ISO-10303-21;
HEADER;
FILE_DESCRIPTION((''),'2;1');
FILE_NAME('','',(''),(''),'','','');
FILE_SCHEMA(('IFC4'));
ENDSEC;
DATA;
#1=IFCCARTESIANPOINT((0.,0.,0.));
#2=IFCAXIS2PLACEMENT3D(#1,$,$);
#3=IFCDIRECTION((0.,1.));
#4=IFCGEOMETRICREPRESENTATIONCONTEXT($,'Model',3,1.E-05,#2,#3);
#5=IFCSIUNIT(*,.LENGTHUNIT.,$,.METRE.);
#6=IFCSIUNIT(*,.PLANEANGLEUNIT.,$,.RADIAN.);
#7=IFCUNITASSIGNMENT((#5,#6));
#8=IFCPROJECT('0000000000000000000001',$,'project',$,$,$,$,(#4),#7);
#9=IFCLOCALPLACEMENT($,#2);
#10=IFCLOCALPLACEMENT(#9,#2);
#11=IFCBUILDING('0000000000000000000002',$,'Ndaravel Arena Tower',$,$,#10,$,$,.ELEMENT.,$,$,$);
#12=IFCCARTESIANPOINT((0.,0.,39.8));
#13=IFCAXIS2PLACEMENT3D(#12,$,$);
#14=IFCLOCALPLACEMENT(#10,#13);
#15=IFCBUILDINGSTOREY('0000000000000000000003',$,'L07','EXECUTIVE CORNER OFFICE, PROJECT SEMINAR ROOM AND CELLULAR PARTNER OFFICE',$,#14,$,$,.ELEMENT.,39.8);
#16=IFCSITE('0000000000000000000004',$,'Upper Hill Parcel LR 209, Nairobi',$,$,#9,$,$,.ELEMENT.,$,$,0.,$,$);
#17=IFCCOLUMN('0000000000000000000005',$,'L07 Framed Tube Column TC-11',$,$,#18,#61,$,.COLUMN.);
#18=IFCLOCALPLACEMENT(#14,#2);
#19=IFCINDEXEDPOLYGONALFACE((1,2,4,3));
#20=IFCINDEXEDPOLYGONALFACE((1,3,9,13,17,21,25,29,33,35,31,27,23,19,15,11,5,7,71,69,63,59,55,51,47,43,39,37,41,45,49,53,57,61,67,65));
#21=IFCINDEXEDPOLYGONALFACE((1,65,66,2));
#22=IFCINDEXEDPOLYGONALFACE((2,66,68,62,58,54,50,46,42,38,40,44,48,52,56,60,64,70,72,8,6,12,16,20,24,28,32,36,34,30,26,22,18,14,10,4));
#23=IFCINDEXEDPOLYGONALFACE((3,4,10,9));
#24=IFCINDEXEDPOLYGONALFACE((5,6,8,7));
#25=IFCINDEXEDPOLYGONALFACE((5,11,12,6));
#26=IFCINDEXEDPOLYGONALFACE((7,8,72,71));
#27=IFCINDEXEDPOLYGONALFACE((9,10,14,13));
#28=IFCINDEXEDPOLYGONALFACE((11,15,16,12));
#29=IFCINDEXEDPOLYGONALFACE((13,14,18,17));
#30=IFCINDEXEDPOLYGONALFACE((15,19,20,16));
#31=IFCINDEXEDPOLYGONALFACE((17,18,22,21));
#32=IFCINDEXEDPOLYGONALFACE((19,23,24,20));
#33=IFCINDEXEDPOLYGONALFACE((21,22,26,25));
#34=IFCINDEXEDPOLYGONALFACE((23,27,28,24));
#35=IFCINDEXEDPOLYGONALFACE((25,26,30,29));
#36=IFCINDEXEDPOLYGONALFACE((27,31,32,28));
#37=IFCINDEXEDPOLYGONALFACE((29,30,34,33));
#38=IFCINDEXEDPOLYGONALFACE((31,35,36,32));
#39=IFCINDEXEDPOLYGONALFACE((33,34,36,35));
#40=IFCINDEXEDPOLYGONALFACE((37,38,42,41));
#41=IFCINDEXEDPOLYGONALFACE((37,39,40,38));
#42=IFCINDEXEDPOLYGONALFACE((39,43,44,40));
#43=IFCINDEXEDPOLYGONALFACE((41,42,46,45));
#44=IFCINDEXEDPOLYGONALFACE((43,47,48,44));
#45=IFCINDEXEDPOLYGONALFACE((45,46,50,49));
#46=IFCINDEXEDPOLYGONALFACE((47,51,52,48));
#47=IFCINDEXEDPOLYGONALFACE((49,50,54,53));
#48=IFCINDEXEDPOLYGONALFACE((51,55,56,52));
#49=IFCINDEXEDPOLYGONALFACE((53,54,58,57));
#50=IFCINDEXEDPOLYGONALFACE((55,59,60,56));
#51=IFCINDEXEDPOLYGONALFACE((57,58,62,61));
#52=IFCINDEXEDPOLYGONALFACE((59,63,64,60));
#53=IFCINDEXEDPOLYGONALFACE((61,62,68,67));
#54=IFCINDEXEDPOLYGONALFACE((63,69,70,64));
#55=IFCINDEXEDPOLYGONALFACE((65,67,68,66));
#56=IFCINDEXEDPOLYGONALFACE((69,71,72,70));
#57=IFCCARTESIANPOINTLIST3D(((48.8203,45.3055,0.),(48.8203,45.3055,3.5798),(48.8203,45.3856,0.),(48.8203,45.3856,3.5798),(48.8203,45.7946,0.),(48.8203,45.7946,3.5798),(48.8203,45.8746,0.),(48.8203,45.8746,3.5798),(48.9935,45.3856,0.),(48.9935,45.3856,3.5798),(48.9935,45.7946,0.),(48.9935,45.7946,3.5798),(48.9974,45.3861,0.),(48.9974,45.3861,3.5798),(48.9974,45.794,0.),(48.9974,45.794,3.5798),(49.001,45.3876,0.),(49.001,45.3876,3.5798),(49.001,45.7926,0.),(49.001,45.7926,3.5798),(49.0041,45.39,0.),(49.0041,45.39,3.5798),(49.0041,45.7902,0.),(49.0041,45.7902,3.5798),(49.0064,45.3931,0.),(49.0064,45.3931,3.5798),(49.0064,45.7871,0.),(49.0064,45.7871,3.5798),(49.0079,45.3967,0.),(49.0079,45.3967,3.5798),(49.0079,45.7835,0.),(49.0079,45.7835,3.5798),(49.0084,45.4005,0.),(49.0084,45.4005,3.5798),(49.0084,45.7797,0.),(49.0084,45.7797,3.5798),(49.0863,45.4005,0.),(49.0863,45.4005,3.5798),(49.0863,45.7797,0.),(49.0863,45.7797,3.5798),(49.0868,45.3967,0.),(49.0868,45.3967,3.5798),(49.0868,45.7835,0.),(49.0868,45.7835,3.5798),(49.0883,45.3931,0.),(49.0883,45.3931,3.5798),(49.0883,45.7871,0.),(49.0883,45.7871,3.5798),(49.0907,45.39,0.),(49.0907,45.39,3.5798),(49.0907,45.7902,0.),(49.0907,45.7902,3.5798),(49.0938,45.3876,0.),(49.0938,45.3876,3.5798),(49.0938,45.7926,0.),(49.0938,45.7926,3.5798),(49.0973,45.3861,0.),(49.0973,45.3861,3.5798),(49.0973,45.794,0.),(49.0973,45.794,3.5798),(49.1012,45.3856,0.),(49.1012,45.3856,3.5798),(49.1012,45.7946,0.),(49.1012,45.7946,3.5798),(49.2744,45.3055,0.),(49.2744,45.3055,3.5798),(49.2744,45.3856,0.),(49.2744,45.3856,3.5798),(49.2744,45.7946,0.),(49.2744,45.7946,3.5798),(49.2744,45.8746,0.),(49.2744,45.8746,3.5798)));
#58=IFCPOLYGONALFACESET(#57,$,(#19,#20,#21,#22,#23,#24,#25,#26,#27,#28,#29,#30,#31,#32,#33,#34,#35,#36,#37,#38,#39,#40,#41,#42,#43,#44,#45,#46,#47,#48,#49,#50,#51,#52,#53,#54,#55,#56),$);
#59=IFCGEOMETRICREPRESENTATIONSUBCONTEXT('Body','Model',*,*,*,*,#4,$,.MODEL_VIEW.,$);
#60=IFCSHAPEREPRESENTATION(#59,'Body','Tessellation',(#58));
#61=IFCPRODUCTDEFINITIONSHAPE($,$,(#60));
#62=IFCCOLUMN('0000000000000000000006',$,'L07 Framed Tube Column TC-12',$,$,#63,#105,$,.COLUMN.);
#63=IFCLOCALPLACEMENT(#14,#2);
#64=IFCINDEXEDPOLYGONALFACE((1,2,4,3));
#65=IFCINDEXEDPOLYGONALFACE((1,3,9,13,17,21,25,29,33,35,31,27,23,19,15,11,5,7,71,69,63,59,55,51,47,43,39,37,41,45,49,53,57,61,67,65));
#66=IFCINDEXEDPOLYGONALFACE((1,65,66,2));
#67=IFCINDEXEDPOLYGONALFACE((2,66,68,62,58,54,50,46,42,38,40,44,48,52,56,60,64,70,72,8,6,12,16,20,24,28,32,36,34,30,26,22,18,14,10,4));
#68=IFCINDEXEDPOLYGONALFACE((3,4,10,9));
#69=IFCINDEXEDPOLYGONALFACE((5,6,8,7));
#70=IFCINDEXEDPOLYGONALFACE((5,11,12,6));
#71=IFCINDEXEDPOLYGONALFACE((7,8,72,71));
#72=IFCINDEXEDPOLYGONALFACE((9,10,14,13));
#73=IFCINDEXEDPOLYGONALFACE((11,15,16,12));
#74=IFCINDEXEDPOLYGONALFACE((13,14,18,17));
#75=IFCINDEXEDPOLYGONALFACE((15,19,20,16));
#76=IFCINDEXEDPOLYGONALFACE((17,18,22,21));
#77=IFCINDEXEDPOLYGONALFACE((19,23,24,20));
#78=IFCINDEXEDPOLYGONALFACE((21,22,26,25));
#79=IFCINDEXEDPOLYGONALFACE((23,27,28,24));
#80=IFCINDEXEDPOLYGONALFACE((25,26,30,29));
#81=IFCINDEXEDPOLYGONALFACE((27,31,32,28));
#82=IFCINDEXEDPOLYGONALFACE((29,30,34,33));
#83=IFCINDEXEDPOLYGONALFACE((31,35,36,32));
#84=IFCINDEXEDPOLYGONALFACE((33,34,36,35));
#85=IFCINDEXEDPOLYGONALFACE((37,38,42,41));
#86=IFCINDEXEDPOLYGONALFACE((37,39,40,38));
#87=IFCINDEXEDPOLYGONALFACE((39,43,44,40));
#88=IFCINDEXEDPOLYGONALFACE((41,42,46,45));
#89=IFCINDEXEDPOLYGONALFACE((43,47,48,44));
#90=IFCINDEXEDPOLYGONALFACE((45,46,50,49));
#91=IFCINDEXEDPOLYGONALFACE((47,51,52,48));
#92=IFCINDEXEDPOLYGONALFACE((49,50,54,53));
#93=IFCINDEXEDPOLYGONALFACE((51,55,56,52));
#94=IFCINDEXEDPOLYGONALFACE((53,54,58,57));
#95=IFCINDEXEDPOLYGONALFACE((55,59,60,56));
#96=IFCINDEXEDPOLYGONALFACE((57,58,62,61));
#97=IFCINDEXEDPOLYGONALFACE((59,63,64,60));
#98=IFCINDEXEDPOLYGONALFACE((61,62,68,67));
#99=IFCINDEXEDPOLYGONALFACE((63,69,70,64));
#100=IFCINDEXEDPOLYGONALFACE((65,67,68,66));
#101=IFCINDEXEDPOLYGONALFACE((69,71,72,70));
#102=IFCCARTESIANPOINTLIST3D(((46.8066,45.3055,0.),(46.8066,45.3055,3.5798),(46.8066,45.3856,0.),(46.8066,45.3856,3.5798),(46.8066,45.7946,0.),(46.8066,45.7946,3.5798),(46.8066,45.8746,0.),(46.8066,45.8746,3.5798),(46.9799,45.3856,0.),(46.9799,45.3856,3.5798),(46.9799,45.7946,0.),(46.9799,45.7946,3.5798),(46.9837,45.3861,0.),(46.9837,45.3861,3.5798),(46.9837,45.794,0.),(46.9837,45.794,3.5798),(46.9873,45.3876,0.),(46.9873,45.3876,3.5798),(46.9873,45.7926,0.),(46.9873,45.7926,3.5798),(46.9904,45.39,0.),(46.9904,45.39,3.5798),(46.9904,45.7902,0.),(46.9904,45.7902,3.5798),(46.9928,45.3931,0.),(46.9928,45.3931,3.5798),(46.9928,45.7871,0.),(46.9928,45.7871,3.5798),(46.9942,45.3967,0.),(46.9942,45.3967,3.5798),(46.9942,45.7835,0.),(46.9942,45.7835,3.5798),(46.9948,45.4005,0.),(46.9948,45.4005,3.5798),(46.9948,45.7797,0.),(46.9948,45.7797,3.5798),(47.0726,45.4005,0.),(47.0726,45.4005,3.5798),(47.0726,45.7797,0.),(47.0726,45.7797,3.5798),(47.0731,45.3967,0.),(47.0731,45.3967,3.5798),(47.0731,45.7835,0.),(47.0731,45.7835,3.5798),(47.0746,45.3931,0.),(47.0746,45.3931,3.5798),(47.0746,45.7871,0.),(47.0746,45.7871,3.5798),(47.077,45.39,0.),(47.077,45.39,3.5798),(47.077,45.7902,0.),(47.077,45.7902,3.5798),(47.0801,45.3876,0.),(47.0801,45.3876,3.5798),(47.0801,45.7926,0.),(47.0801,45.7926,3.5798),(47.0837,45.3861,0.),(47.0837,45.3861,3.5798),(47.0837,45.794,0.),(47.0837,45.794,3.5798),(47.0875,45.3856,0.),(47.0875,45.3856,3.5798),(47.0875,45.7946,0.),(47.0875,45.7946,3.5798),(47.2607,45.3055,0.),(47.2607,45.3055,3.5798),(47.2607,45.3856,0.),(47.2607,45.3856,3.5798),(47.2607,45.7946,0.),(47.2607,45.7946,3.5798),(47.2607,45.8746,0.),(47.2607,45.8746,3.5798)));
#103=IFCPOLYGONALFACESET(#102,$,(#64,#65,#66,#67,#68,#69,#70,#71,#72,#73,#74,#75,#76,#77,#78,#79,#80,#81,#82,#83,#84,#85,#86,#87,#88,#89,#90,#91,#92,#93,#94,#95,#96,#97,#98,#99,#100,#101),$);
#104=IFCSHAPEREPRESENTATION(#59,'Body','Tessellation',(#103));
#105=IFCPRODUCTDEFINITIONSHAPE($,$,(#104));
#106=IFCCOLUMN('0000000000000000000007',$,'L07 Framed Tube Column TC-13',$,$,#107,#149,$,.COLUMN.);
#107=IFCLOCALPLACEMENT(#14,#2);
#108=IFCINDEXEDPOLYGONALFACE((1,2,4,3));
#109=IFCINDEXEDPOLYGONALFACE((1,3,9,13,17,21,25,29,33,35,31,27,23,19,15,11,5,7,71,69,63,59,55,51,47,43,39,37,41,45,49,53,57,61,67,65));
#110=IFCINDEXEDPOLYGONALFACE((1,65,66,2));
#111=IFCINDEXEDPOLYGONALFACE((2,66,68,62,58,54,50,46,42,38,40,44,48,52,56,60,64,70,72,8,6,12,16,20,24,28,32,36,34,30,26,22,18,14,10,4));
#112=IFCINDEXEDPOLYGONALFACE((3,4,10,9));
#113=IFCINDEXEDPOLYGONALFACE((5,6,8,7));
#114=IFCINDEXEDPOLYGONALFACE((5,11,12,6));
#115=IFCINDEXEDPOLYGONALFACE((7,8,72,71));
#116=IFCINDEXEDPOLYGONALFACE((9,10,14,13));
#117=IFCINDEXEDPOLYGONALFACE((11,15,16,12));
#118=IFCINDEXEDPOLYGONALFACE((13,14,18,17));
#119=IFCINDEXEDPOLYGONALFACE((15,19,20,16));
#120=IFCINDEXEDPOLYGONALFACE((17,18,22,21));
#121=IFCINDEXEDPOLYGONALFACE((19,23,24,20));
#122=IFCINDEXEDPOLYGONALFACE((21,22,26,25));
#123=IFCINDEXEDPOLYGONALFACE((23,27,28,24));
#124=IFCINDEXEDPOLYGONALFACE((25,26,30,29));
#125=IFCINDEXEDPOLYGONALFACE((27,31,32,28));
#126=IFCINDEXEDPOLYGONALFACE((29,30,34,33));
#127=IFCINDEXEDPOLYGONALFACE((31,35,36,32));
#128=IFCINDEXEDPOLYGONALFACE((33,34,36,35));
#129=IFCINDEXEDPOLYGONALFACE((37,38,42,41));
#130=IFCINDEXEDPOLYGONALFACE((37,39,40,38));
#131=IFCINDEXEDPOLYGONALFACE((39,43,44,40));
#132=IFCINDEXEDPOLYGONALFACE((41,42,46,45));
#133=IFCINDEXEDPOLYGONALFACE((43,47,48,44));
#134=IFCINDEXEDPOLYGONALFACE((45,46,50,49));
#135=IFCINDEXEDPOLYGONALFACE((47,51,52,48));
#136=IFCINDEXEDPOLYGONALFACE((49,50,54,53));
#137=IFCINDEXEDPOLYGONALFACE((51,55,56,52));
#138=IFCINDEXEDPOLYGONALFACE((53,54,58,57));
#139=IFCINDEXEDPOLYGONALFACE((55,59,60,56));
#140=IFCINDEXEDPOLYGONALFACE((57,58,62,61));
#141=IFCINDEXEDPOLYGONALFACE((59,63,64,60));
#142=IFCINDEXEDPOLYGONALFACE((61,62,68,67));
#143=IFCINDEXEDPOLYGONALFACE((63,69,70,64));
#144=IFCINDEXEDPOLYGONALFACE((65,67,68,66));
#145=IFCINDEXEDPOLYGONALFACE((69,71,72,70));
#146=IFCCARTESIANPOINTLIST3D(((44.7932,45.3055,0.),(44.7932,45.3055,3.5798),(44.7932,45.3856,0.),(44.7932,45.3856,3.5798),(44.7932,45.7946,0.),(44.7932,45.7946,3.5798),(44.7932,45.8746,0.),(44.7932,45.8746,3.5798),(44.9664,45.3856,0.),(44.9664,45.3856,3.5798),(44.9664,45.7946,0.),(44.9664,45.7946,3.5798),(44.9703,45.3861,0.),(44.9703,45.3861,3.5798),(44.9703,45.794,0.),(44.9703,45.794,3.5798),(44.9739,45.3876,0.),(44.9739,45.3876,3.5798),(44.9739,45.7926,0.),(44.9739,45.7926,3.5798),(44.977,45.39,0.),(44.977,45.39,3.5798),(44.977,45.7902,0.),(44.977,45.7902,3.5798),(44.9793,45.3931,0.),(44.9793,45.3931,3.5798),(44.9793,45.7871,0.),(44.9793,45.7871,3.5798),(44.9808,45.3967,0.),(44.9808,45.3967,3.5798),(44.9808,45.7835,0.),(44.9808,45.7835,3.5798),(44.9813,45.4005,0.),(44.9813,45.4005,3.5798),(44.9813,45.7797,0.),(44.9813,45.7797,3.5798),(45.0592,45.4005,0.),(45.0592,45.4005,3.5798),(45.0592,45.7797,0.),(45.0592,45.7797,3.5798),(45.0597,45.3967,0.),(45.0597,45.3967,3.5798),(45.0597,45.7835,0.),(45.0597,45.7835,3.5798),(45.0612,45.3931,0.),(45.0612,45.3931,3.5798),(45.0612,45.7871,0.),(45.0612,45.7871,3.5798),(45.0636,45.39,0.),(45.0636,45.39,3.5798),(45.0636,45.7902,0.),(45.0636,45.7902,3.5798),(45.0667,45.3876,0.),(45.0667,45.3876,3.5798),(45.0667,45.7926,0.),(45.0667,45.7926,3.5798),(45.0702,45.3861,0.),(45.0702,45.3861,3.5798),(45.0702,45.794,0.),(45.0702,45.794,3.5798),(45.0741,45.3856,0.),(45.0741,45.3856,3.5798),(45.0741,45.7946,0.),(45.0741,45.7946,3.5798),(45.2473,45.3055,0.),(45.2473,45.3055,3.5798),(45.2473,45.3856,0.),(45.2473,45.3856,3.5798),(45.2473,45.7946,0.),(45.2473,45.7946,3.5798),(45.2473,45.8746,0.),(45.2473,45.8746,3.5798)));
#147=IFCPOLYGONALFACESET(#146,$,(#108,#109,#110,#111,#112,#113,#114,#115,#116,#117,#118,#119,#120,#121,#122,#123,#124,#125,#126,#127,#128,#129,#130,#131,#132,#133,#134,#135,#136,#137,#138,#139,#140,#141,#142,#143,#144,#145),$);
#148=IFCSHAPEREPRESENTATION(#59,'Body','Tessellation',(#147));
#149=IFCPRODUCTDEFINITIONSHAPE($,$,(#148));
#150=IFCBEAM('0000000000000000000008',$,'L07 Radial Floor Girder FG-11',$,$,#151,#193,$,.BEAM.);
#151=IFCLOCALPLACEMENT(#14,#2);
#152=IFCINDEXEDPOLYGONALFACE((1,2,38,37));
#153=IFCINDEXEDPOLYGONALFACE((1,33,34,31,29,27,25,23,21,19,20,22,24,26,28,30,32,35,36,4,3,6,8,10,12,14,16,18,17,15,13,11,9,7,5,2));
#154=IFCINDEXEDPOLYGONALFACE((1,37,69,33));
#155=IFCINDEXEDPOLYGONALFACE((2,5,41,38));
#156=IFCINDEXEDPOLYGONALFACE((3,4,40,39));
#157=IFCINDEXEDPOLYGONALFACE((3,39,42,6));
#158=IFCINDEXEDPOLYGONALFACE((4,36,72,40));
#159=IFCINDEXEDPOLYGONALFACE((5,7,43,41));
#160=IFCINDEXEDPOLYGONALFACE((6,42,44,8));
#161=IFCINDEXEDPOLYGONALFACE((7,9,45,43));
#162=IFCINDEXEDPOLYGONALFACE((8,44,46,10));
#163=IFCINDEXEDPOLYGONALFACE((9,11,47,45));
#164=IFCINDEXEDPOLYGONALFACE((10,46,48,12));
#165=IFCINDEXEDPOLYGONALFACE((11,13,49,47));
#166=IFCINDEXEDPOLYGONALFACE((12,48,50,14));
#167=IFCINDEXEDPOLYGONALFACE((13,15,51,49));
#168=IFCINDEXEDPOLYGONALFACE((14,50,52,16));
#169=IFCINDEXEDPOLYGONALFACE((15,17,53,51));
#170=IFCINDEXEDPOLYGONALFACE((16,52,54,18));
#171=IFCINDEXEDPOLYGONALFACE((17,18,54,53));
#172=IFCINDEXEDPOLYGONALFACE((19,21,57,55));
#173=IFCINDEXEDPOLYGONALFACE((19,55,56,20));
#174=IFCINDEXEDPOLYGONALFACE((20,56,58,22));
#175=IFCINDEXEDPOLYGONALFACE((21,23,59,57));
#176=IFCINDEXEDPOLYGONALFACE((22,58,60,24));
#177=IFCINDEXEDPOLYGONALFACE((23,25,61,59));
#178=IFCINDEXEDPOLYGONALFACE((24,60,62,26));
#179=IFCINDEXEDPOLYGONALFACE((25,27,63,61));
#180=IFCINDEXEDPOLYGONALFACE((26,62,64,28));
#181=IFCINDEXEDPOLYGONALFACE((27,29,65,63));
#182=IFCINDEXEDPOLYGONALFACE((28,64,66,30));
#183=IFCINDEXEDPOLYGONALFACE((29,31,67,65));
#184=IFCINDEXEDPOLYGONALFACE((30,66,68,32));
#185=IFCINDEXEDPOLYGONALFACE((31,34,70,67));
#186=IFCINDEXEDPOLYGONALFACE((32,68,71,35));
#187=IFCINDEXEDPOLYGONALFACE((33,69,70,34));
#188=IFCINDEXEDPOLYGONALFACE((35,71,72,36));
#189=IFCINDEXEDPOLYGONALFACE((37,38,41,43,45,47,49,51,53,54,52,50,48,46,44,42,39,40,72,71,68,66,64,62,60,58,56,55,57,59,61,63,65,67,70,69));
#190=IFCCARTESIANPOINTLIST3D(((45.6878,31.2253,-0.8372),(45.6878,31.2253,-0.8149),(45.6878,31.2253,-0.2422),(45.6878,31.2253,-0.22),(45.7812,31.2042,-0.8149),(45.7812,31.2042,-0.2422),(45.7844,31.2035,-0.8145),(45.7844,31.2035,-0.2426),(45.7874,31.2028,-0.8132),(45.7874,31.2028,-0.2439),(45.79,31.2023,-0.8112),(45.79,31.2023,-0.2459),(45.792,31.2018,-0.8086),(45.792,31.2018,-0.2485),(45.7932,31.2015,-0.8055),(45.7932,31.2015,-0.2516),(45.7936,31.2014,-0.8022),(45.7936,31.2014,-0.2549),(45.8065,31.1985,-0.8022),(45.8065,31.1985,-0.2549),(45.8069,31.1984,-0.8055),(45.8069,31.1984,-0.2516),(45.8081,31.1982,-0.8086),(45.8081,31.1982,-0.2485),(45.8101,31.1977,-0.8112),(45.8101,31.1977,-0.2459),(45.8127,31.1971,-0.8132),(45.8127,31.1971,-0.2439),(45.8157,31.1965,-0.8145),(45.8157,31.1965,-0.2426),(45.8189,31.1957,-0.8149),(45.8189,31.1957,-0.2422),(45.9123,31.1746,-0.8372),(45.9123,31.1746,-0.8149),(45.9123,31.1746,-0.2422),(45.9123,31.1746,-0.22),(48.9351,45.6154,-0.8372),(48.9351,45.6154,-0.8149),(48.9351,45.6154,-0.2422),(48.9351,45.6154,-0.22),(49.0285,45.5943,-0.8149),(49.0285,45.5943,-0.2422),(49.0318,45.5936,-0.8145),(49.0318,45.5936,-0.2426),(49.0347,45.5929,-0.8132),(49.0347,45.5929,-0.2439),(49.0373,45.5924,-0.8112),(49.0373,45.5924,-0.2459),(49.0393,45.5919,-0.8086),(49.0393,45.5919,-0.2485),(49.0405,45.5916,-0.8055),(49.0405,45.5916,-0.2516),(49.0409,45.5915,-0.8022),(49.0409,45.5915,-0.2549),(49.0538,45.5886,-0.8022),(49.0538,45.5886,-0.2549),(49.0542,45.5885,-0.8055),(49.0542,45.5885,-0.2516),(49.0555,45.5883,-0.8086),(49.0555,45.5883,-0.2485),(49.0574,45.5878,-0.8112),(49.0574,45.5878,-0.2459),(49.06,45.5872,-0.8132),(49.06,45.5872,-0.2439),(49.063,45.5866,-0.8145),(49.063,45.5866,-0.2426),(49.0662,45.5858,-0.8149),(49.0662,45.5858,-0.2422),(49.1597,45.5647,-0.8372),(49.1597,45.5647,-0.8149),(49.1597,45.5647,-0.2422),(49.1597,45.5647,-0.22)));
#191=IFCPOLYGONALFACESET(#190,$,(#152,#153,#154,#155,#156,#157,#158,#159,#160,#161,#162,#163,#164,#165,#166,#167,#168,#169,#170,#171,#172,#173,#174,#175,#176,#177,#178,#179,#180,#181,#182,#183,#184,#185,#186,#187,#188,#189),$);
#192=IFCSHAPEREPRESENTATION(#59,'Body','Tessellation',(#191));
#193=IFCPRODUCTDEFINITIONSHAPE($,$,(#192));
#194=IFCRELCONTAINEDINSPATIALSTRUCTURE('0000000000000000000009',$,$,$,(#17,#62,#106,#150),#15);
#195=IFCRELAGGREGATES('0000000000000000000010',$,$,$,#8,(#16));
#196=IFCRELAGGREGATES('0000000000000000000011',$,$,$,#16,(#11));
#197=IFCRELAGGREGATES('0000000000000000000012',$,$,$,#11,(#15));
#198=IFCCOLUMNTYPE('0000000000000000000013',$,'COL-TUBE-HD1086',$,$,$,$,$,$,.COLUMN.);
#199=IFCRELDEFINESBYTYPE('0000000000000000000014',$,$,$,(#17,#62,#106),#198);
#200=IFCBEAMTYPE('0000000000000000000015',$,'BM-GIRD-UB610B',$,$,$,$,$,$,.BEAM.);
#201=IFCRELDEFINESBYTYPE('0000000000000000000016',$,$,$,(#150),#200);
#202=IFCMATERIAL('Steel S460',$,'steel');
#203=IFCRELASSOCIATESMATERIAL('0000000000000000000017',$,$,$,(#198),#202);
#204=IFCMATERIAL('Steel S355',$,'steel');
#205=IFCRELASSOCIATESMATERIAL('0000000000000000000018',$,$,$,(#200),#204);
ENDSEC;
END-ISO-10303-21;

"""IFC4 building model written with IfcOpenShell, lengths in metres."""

from ifc_helpers import new_model, si_unit, direction, frame, origin, origin_2d, place, context, subcontext, project, spatial, i_section, extrude, material, material_profile, profile_set, type_object, element, save


model = new_model("IFC4")

# Units and contexts
model_context = context("Model", 3, precision=1e-05, world=origin(), true_north=direction((0.0, 1.0)))
body_context = subcontext(model_context, "Body", "Model", "MODEL_VIEW")
ifc_project = project(units=[si_unit("LENGTHUNIT", "METRE"), si_unit("PLANEANGLEUNIT", "RADIAN")], contexts=[model_context])

# Site, building, storey
site_placement = place(None, origin())
site = spatial("IfcSite", under=ifc_project, at=site_placement, Name="Upper Hill Parcel LR 209, Nairobi", CompositionType="ELEMENT", RefElevation=0.0)
building_placement = place(site_placement, origin())
building = spatial("IfcBuilding", under=site, at=building_placement, Name="Ndaravel Arena Tower", CompositionType="ELEMENT")
storey_placement = place(building_placement, frame((0.0, 0.0, 39.8)))
storey = spatial("IfcBuildingStorey", under=building, at=storey_placement, Name="L07", Description="EXECUTIVE CORNER OFFICE, PROJECT SEMINAR ROOM AND CELLULAR PARTNER OFFICE", CompositionType="ELEMENT", Elevation=39.8)

# Columns
ifc_material_1 = material(Name="Steel S460", Category="steel")
ifc_material_profile_1 = material_profile(ifc_material_1, i_section(OverallWidth=0.4541, OverallDepth=0.5691, WebThickness=0.0779, FlangeThickness=0.0801, FilletRadius=0.0149, at=origin_2d()), Name="HD 400x1086")
ifc_profile_set_1 = profile_set([ifc_material_profile_1], Name="Steel S460")
column_type = type_object("IfcColumnType", Name="COL-TUBE-HD1086", PredefinedType="COLUMN", material=ifc_profile_set_1)
for number, where, z_axis, x_axis, name in (
    (1, (49.0474, 45.5901, 0.0), (0.0, 0.0, 1.0), (1.0, 0.0, 0.0), "L07 Framed Tube Column TC-11"),
    (2, (47.0337, 45.5901, 0.0), (0.0, 0.0, 1.0), (1.0, 0.0, 0.0), "L07 Framed Tube Column TC-12"),
    (3, (45.0203, 45.5901, 0.0), (0.0, 0.0, 1.0), (1.0, 0.0, 0.0), "L07 Framed Tube Column TC-13"),
):
    element("IfcColumn", number, at=place(storey_placement, frame(where, z_axis=z_axis, x_axis=x_axis)), inside=storey, type_object=column_type, Name=name, PredefinedType="COLUMN", context=body_context, shape_type="SweptSolid", body=[
        extrude(i_section(OverallWidth=0.4541, OverallDepth=0.5691, WebThickness=0.0779, FlangeThickness=0.0801, FilletRadius=0.0149, at=origin_2d()), origin(), (0.0, 0.0, 1.0), 3.5798),
    ])

# Beam
ifc_material_2 = material(Name="Steel S355", Category="steel")
ifc_material_profile_2 = material_profile(ifc_material_2, i_section(OverallWidth=0.2302, OverallDepth=0.6172, WebThickness=0.0132, FlangeThickness=0.0222, FilletRadius=0.0127, at=origin_2d()), Name="UB 610x229x140")
ifc_profile_set_2 = profile_set([ifc_material_profile_2], Name="Steel S355")
beam_type_1 = type_object("IfcBeamType", Name="BM-GIRD-UB610B", PredefinedType="BEAM", material=ifc_profile_set_2)
beam_1_placement = place(storey_placement, frame((49.0474, 45.5901, -0.5286), z_axis=(-0.220127, -0.975471, 0.0), x_axis=(0.975471, -0.220127, 0.0)))
element("IfcBeam", 4, at=beam_1_placement, inside=storey, type_object=beam_type_1, Name="L07 Radial Floor Girder FG-11", PredefinedType="BEAM", context=body_context, shape_type="SweptSolid", body=[
    extrude(i_section(OverallWidth=0.2302, OverallDepth=0.6172, WebThickness=0.0132, FlangeThickness=0.0222, FilletRadius=0.0127, at=origin_2d()), origin(), (0.0, 0.0, 1.0), 14.752),
])

save(model, "model.ifc")
